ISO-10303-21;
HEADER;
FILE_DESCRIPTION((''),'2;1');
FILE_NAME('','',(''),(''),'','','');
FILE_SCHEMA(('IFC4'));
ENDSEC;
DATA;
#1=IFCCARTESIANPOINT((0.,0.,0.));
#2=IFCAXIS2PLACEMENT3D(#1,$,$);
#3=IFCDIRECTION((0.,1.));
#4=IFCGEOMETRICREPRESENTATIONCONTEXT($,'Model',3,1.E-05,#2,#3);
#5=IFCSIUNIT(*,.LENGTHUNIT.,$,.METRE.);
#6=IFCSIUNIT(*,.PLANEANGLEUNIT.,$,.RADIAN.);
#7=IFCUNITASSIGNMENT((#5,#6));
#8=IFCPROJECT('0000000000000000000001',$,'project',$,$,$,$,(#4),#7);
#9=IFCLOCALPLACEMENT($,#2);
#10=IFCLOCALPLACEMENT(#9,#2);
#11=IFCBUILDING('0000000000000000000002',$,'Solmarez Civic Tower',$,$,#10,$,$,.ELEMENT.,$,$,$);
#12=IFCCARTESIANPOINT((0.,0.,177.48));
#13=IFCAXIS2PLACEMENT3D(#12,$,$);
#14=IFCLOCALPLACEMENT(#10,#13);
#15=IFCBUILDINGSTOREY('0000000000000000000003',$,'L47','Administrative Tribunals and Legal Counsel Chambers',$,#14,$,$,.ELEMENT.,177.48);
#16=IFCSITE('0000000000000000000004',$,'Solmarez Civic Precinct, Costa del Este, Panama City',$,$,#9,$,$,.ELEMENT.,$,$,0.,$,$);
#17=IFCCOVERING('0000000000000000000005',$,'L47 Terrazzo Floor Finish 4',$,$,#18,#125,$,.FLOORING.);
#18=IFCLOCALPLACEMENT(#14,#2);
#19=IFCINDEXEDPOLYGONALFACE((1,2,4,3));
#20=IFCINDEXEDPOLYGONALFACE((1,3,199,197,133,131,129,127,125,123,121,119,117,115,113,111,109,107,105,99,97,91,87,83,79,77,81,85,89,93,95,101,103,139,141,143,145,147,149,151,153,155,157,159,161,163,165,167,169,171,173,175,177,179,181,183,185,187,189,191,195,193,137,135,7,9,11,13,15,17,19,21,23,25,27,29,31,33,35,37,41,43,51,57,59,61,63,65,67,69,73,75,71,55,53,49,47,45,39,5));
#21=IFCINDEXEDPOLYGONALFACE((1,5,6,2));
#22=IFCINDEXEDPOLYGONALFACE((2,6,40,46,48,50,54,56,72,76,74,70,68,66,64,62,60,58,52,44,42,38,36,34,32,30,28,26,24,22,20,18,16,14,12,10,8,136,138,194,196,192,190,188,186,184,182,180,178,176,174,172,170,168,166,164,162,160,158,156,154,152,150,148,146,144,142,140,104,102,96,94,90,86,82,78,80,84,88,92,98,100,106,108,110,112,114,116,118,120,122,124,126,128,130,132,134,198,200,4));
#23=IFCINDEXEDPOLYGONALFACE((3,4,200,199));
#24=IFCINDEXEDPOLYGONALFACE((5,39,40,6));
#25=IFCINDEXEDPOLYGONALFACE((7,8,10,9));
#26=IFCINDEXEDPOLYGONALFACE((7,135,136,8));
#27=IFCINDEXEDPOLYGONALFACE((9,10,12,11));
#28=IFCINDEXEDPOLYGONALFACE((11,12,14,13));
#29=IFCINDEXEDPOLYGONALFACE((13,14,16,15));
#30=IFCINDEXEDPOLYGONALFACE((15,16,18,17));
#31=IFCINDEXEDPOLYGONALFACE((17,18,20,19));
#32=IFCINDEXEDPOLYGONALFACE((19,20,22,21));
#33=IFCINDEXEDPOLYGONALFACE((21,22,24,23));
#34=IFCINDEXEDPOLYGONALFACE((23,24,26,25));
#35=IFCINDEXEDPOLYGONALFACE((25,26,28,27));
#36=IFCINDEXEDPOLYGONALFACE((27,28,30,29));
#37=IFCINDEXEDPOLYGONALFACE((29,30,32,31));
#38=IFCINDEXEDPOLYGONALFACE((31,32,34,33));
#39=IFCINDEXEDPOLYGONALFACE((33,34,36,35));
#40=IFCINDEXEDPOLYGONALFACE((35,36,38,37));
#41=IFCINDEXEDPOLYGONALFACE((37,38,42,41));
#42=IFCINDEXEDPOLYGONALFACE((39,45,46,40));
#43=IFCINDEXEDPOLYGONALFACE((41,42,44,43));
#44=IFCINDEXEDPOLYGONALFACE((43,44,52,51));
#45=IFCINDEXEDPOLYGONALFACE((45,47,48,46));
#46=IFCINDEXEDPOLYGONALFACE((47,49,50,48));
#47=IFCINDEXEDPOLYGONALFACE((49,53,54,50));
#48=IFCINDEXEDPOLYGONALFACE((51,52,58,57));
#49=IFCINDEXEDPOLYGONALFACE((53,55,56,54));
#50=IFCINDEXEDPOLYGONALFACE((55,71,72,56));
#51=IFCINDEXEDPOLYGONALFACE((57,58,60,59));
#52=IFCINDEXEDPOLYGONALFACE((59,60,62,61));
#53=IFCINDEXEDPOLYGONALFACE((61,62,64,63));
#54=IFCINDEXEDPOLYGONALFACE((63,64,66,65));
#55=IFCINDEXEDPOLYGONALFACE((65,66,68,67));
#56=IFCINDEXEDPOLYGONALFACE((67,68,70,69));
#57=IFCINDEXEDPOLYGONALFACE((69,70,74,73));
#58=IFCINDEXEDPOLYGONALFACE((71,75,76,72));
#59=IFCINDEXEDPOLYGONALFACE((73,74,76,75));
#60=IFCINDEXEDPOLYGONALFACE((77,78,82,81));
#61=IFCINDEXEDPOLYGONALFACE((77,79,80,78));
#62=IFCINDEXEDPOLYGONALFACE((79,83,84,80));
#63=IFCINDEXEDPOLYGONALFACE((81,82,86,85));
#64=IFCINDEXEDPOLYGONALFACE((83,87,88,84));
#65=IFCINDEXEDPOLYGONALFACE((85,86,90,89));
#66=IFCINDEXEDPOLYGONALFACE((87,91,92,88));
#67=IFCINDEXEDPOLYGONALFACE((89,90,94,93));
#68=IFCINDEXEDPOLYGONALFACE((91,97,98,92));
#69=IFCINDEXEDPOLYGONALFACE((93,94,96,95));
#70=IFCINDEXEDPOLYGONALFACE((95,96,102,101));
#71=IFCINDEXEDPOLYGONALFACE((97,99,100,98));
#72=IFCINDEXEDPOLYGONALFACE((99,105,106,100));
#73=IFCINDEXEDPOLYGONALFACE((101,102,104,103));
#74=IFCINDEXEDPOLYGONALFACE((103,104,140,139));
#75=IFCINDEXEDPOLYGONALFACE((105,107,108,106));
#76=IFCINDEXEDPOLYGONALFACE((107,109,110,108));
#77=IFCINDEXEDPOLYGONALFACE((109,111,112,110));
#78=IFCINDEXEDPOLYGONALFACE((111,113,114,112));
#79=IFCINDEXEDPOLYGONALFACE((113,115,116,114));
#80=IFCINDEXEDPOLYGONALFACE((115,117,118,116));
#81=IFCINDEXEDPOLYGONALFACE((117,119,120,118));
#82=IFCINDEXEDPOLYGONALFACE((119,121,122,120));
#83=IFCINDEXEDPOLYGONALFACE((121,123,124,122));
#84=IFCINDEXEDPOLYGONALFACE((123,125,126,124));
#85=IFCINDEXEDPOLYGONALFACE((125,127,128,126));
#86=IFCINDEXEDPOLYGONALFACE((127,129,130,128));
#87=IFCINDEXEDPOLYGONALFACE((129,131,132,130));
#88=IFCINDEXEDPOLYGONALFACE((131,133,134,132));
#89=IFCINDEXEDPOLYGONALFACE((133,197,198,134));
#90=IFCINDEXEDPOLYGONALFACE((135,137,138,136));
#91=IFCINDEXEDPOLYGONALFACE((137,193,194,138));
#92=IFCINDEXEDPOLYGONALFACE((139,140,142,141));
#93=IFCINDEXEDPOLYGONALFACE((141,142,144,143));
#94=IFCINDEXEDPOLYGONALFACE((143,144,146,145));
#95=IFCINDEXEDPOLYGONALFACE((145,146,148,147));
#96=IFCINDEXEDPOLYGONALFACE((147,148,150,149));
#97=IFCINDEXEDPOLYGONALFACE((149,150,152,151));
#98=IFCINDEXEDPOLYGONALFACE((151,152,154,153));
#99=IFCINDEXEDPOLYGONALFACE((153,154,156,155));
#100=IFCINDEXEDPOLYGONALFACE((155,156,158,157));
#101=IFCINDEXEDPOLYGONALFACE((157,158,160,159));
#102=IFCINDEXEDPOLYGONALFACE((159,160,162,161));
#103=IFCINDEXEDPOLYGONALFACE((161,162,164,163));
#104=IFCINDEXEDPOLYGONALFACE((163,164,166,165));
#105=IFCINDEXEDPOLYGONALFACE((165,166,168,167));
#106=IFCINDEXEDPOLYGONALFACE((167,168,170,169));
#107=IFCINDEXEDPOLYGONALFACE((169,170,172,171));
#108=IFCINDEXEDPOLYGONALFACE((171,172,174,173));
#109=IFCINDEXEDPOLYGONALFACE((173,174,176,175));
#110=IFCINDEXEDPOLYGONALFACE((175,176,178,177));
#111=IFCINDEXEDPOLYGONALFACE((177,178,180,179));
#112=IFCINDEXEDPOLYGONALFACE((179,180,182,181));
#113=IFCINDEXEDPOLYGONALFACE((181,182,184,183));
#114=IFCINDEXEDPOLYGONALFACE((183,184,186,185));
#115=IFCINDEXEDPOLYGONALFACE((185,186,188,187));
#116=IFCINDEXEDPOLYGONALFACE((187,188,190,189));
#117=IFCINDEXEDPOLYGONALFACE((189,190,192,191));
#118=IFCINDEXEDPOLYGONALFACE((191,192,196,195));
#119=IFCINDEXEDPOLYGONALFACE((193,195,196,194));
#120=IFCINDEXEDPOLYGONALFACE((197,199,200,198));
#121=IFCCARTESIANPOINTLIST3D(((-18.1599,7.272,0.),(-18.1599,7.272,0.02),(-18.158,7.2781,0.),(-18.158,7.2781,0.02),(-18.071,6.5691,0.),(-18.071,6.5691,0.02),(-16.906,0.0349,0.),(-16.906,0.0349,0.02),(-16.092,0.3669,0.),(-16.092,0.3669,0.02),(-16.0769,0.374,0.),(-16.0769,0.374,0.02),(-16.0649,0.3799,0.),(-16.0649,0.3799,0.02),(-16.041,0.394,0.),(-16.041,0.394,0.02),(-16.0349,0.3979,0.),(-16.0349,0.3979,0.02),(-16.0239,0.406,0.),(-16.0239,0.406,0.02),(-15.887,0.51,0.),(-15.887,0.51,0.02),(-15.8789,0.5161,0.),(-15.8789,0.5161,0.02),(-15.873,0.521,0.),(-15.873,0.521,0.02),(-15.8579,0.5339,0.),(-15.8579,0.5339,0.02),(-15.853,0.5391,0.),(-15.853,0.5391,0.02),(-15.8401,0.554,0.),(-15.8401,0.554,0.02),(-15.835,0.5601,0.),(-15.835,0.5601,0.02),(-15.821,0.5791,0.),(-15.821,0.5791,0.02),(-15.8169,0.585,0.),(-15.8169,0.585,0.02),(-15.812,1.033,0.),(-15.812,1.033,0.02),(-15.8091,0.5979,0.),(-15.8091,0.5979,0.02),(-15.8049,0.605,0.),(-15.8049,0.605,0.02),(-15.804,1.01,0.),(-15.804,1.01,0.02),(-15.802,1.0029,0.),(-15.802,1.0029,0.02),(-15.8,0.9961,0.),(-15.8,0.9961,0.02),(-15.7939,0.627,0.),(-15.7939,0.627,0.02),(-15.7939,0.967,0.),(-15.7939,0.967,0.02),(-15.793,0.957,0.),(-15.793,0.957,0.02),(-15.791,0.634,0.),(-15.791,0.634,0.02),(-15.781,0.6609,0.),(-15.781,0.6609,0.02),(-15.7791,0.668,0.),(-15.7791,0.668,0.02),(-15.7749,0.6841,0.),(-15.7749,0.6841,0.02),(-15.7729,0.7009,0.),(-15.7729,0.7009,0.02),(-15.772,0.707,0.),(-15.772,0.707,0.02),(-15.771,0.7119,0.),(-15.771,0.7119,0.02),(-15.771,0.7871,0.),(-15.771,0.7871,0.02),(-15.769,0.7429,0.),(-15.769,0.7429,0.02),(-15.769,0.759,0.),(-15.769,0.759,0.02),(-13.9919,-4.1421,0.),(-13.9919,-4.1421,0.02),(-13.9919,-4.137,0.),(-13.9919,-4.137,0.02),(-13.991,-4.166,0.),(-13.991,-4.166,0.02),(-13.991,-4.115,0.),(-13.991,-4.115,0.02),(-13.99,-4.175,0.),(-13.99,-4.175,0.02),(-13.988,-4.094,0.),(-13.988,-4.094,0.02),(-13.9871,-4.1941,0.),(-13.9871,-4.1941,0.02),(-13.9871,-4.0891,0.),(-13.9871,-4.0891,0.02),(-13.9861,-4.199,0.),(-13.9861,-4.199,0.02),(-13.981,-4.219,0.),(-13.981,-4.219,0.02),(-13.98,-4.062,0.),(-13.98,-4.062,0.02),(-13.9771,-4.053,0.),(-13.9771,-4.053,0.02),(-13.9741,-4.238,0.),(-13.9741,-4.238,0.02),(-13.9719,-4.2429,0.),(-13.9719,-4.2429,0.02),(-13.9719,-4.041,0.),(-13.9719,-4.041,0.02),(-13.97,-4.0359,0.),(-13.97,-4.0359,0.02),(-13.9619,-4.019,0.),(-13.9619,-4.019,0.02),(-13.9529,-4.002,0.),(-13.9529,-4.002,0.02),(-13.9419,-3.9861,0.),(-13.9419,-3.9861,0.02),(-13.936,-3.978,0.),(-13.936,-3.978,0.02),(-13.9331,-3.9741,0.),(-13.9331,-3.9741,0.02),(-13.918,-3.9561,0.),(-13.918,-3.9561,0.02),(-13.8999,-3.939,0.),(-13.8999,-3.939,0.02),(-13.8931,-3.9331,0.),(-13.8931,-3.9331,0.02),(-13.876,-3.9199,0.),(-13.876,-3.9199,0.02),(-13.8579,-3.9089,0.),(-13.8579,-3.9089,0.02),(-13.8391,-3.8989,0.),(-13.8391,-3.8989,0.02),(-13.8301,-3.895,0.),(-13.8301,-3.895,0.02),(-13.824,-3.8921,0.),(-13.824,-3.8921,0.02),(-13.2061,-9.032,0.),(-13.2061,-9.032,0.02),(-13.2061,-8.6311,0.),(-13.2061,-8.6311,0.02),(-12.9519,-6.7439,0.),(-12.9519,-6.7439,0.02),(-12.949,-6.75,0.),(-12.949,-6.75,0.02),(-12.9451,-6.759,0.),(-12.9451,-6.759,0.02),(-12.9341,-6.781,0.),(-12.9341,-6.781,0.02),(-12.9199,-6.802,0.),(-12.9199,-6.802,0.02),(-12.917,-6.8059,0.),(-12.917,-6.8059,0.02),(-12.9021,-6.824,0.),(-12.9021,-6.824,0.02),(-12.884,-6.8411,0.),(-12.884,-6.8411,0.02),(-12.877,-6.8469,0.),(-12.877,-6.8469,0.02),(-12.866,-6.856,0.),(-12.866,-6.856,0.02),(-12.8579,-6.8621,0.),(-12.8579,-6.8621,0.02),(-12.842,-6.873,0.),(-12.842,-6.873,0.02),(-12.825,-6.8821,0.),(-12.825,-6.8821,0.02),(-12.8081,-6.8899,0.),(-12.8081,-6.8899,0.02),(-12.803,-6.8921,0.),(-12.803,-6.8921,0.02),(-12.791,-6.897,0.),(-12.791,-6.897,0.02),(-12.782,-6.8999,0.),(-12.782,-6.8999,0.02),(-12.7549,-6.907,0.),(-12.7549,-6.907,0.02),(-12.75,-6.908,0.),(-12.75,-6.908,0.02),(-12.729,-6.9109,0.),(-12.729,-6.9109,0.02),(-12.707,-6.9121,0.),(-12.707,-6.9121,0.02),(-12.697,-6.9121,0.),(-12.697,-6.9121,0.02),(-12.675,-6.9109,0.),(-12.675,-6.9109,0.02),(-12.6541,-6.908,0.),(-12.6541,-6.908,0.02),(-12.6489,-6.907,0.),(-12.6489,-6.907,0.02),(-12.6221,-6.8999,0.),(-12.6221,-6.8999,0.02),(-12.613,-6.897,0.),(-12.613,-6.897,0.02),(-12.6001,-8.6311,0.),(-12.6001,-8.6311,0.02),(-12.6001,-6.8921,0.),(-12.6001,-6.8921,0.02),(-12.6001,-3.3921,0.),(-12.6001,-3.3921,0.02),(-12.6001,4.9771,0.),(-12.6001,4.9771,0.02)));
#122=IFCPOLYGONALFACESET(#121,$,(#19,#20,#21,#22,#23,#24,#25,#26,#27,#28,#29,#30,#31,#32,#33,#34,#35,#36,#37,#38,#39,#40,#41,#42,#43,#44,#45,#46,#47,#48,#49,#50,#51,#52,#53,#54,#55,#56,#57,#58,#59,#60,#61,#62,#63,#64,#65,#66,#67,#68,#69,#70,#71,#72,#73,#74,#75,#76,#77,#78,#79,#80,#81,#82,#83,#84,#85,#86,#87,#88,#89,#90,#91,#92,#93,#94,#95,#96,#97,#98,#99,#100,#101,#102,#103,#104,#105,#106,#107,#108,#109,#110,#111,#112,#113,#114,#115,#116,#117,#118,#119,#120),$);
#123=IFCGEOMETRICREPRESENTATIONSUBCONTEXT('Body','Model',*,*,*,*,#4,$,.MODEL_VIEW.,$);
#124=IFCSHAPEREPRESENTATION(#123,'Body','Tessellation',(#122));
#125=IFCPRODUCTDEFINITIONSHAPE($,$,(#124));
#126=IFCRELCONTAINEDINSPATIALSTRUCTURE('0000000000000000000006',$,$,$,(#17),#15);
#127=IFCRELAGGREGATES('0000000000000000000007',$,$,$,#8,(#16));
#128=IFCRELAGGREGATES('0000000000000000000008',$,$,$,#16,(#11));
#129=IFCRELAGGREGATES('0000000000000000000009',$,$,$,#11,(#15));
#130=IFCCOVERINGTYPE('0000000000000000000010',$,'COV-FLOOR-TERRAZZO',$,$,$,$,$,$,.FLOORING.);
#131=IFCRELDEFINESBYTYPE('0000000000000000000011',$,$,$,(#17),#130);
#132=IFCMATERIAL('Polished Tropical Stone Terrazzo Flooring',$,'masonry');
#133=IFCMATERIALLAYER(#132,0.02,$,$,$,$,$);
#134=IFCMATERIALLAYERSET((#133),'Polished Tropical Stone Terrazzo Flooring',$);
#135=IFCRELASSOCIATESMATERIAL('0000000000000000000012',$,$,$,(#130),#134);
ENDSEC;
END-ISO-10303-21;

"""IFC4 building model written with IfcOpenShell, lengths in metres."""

from ifc_helpers import new_model, si_unit, direction, frame, origin, place, context, subcontext, project, spatial, polyline, outline, extrude, material, layer, layer_set, type_object, element, save


model = new_model("IFC4")

# Units and contexts
model_context = context("Model", 3, precision=1e-05, world=origin(), true_north=direction((0.0, 1.0)))
body_context = subcontext(model_context, "Body", "Model", "MODEL_VIEW")
ifc_project = project(units=[si_unit("LENGTHUNIT", "METRE"), si_unit("PLANEANGLEUNIT", "RADIAN")], contexts=[model_context])

# Site, building, storey
site_placement = place(None, origin())
site = spatial("IfcSite", under=ifc_project, at=site_placement, Name="Solmarez Civic Precinct, Costa del Este, Panama City", CompositionType="ELEMENT", RefElevation=0.0)
building_placement = place(site_placement, origin())
building = spatial("IfcBuilding", under=site, at=building_placement, Name="Solmarez Civic Tower", CompositionType="ELEMENT")
storey_placement = place(building_placement, frame((0.0, 0.0, 177.48)))
storey = spatial("IfcBuildingStorey", under=building, at=storey_placement, Name="L47", Description="Administrative Tribunals and Legal Counsel Chambers", CompositionType="ELEMENT", Elevation=177.48)

# Covering
ifc_material_1 = material(Name="Polished Tropical Stone Terrazzo Flooring", Category="masonry")
ifc_layer_1 = layer(ifc_material_1, 0.02)
ifc_layer_set_1 = layer_set([ifc_layer_1], Name="Polished Tropical Stone Terrazzo Flooring")
covering_type_1 = type_object("IfcCoveringType", Name="COV-FLOOR-TERRAZZO", PredefinedType="FLOORING", material=ifc_layer_set_1)
covering_1_placement = place(storey_placement, origin())
element("IfcCovering", 1, at=covering_1_placement, inside=storey, type_object=covering_type_1, Name="L47 Terrazzo Floor Finish 4", PredefinedType="FLOORING", context=body_context, shape_type="SweptSolid", body=[
    extrude(outline(polyline([(-13.2061, -9.032), (-13.2061, -8.6311), (-12.6001, -8.6311), (-12.6001, -6.8921), (-12.613, -6.897), (-12.6221, -6.8999), (-12.6489, -6.907), (-12.6541, -6.908), (-12.675, -6.9109), (-12.697, -6.9121), (-12.707, -6.9121), (-12.729, -6.9109), (-12.75, -6.908), (-12.7549, -6.907), (-12.782, -6.8999), (-12.791, -6.897), (-12.803, -6.8921), (-12.8081, -6.8899), (-12.825, -6.8821), (-12.842, -6.873), (-12.8579, -6.8621), (-12.866, -6.856), (-12.877, -6.8469), (-12.884, -6.8411), (-12.9021, -6.824), (-12.917, -6.8059), (-12.9199, -6.802), (-12.9341, -6.781), (-12.9451, -6.759), (-12.949, -6.75), (-12.9519, -6.7439), (-13.9719, -4.2429), (-13.9741, -4.238), (-13.981, -4.219), (-13.9861, -4.199), (-13.9871, -4.1941), (-13.99, -4.175), (-13.991, -4.166), (-13.9919, -4.1421), (-13.9919, -4.137), (-13.991, -4.115), (-13.988, -4.094), (-13.9871, -4.0891), (-13.98, -4.062), (-13.9771, -4.053), (-13.9719, -4.041), (-13.97, -4.0359), (-13.9619, -4.019), (-13.9529, -4.002), (-13.9419, -3.9861), (-13.936, -3.978), (-13.9331, -3.9741), (-13.918, -3.9561), (-13.8999, -3.939), (-13.8931, -3.9331), (-13.876, -3.9199), (-13.8579, -3.9089), (-13.8391, -3.8989), (-13.8301, -3.895), (-13.824, -3.8921), (-12.6001, -3.3921), (-12.6001, 4.9771), (-18.158, 7.2781), (-18.1599, 7.272), (-18.071, 6.5691), (-15.812, 1.033), (-15.804, 1.01), (-15.802, 1.0029), (-15.8, 0.9961), (-15.7939, 0.967), (-15.793, 0.957), (-15.771, 0.7871), (-15.769, 0.759), (-15.769, 0.7429), (-15.771, 0.7119), (-15.772, 0.707), (-15.7729, 0.7009), (-15.7749, 0.6841), (-15.7791, 0.668), (-15.781, 0.6609), (-15.791, 0.634), (-15.7939, 0.627), (-15.8049, 0.605), (-15.8091, 0.5979), (-15.8169, 0.585), (-15.821, 0.5791), (-15.835, 0.5601), (-15.8401, 0.554), (-15.853, 0.5391), (-15.8579, 0.5339), (-15.873, 0.521), (-15.8789, 0.5161), (-15.887, 0.51), (-16.0239, 0.406), (-16.0349, 0.3979), (-16.041, 0.394), (-16.0649, 0.3799), (-16.0769, 0.374), (-16.092, 0.3669), (-16.906, 0.0349), (-13.2061, -9.032)])), origin(), (0.0, 0.0, 1.0), 0.02),
])

save(model, "model.ifc")
